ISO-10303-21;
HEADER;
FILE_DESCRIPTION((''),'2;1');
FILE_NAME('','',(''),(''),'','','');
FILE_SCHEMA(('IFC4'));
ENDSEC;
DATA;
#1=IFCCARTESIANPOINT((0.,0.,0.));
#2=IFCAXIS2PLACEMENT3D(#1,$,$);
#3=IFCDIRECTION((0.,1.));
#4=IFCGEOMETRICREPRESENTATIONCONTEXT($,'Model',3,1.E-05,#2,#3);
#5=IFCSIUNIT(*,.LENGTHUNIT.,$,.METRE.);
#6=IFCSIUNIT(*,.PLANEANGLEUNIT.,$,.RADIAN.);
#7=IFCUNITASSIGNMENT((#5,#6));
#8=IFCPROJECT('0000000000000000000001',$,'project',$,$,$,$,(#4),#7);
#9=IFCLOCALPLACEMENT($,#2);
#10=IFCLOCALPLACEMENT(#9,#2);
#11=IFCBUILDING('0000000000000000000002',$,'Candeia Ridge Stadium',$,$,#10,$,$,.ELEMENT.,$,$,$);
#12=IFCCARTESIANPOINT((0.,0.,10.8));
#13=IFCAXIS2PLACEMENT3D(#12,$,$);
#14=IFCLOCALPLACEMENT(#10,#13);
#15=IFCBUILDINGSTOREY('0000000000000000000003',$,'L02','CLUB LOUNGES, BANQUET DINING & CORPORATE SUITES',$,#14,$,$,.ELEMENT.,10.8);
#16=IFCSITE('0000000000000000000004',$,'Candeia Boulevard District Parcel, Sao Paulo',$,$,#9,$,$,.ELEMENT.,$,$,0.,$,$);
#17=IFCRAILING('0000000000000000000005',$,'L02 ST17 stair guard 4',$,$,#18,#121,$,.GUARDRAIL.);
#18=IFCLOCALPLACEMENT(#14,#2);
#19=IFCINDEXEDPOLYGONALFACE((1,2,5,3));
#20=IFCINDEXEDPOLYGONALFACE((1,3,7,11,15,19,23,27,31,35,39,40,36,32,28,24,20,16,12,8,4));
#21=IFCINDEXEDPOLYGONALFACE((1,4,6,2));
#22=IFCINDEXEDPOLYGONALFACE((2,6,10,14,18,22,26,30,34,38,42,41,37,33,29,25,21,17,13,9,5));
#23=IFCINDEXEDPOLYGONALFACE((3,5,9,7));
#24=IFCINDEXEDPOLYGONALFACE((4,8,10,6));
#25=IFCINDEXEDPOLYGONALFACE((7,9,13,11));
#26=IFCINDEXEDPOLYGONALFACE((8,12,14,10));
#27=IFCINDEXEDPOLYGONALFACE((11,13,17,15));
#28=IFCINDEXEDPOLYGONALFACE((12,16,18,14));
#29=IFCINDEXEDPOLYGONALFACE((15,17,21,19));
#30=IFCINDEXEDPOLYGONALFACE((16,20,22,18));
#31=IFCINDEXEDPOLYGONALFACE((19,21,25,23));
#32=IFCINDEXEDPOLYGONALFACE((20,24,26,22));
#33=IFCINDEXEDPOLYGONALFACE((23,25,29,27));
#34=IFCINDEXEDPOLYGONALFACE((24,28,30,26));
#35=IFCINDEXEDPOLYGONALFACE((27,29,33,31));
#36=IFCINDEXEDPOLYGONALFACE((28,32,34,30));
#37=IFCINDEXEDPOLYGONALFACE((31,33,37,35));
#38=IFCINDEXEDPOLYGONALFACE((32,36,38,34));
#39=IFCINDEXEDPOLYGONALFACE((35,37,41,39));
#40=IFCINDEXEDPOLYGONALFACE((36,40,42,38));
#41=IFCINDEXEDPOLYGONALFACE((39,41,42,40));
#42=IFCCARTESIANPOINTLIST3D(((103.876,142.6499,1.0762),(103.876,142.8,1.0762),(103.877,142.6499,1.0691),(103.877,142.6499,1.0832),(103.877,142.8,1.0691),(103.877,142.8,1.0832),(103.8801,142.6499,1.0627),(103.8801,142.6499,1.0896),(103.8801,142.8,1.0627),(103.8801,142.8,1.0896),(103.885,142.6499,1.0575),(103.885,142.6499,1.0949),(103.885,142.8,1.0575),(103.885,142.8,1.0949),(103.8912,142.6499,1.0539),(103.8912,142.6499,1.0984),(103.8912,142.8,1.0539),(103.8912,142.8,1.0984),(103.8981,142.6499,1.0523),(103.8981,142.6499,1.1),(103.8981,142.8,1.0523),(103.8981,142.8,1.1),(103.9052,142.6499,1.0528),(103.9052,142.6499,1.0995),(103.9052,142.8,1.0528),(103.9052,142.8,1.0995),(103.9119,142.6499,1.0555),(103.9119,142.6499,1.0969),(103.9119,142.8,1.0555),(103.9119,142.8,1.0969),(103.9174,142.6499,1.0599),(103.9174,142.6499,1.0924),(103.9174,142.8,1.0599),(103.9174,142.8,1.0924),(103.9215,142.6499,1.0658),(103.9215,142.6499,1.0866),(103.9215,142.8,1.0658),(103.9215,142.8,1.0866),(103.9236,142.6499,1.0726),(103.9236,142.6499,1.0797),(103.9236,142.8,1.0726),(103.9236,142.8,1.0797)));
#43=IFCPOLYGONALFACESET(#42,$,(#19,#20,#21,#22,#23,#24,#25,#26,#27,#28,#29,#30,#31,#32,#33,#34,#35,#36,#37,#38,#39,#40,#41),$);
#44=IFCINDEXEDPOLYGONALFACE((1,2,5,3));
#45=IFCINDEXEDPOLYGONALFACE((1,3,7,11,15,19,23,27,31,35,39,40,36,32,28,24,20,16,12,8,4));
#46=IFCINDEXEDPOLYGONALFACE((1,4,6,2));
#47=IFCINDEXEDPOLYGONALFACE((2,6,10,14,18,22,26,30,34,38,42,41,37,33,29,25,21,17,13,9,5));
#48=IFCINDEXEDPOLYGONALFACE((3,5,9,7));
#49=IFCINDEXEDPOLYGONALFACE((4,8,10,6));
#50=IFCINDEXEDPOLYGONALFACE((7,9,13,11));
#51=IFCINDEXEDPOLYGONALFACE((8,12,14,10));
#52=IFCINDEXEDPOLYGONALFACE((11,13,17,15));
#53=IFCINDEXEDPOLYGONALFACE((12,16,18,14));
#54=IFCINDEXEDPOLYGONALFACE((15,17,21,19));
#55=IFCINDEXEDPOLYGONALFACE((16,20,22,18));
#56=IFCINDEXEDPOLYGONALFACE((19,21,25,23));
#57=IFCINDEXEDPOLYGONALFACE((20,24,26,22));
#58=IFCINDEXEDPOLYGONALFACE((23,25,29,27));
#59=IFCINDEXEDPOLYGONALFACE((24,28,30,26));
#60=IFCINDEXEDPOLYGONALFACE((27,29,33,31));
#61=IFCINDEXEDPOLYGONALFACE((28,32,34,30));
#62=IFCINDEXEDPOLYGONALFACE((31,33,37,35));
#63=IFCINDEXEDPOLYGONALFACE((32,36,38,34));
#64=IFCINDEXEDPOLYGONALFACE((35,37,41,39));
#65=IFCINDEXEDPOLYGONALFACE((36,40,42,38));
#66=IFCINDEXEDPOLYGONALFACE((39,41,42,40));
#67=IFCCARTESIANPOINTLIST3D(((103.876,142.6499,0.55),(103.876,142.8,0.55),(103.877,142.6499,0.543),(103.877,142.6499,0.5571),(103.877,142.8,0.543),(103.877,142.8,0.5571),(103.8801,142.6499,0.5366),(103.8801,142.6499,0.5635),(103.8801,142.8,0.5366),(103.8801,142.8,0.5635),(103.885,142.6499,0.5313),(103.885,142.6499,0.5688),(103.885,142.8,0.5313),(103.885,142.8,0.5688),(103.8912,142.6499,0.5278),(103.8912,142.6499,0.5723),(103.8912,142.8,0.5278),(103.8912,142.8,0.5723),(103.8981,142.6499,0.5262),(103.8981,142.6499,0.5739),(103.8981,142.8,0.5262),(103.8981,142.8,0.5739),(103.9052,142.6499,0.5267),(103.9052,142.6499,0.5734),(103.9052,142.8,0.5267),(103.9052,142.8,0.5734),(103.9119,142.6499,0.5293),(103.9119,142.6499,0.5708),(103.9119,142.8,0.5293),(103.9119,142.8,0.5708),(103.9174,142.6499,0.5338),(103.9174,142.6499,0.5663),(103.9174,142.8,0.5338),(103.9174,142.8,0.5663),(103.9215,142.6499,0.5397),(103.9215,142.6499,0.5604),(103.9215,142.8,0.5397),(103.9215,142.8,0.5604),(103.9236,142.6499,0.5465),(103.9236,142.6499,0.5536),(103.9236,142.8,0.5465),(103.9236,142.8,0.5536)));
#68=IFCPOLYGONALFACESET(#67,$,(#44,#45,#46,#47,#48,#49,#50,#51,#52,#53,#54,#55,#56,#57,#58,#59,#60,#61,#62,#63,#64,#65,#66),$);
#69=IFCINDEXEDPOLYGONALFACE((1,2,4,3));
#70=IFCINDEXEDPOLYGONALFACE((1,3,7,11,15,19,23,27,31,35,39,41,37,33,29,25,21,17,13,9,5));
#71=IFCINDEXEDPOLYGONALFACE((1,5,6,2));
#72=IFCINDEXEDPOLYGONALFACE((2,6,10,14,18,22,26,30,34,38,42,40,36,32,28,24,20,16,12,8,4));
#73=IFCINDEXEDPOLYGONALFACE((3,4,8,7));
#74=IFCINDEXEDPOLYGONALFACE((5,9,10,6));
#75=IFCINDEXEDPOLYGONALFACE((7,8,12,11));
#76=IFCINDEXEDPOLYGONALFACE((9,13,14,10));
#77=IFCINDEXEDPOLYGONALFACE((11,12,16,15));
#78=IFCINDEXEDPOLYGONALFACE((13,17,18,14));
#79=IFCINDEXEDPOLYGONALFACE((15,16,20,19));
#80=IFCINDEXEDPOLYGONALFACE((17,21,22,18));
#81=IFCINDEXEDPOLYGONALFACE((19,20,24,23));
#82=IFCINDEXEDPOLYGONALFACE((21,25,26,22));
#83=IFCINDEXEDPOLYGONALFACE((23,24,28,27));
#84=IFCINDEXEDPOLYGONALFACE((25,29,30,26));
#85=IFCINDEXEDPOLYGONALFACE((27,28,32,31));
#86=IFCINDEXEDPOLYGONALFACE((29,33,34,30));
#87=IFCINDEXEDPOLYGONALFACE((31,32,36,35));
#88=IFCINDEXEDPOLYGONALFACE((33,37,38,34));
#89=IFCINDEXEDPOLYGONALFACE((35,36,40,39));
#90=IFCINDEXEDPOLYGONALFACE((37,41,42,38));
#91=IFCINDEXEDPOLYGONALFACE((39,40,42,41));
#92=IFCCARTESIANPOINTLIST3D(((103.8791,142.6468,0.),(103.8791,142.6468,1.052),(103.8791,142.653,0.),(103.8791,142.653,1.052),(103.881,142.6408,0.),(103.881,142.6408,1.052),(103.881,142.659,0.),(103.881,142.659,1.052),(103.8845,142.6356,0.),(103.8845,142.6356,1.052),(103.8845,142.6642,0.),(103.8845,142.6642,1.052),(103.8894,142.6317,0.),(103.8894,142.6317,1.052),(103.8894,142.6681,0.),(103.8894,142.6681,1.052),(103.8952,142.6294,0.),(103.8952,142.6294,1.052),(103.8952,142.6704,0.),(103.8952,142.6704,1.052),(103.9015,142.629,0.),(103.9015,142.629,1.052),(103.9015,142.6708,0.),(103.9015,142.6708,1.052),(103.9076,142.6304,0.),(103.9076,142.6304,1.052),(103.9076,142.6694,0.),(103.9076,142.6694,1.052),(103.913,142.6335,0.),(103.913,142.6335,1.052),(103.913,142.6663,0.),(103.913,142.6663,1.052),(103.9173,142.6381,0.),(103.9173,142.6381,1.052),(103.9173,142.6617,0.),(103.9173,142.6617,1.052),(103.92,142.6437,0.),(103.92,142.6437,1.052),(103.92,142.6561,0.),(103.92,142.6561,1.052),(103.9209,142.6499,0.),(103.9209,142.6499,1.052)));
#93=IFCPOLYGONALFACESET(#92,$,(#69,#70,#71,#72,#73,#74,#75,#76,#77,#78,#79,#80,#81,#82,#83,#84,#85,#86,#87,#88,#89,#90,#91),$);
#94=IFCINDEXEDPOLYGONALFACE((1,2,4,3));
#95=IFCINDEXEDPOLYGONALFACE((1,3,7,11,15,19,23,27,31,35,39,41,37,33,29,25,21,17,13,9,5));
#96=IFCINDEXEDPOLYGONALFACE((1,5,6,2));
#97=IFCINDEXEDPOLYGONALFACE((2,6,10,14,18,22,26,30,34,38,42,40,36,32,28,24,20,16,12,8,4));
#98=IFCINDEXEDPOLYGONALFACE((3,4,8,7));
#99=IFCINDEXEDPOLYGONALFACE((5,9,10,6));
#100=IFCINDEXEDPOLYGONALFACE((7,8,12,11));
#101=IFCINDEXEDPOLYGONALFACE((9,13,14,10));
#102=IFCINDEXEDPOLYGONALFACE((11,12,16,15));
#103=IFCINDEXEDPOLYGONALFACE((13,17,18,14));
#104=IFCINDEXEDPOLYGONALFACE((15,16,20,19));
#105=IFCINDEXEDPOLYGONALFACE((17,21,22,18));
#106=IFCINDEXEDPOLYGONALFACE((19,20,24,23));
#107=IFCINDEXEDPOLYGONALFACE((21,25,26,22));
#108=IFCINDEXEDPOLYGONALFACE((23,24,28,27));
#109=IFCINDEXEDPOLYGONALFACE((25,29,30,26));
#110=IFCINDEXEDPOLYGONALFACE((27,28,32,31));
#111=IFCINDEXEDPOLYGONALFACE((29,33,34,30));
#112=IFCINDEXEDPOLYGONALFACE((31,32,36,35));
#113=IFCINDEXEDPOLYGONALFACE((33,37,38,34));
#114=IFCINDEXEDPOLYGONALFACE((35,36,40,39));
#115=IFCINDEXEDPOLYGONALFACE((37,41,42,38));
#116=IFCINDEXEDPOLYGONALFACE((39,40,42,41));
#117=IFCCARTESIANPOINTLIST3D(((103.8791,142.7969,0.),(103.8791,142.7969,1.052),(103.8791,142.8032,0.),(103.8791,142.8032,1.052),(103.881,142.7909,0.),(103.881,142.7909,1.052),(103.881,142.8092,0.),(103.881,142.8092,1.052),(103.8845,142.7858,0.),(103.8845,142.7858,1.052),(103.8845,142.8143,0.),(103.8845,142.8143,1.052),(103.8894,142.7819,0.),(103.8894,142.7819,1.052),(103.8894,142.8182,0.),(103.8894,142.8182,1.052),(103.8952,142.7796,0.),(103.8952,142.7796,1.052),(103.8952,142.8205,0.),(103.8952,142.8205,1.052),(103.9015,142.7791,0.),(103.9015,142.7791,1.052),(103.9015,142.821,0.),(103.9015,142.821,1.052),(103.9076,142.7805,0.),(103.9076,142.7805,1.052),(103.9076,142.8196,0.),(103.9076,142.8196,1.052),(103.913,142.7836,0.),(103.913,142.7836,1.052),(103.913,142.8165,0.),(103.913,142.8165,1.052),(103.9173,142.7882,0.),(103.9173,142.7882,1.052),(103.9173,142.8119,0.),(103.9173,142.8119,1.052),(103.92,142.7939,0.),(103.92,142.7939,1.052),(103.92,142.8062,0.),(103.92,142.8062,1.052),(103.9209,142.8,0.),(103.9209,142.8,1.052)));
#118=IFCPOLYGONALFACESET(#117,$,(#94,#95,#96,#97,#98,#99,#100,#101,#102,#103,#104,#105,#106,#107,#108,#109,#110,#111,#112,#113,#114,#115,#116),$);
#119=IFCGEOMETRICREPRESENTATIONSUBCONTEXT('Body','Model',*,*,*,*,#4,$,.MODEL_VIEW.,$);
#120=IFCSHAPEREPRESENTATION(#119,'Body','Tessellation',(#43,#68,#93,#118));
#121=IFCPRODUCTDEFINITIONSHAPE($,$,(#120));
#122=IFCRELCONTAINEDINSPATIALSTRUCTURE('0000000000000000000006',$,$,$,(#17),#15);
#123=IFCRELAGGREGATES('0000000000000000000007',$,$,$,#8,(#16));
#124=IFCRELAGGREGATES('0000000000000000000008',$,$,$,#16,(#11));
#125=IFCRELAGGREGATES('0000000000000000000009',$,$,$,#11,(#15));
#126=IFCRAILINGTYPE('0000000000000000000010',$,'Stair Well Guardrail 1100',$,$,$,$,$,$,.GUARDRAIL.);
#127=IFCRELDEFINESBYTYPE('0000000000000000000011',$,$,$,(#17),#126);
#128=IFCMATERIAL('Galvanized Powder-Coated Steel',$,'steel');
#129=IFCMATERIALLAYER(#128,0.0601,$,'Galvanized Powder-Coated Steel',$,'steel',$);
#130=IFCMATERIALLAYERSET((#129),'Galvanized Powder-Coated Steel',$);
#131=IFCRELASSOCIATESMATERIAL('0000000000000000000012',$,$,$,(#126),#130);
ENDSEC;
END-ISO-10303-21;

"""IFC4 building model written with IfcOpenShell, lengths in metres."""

from ifc_helpers import new_model, si_unit, direction, frame, origin, origin_2d, place, context, subcontext, project, spatial, circle, extrude, material, layer, layer_set, type_object, element, save


model = new_model("IFC4")

# Units and contexts
model_context = context("Model", 3, precision=1e-05, world=origin(), true_north=direction((0.0, 1.0)))
body_context = subcontext(model_context, "Body", "Model", "MODEL_VIEW")
ifc_project = project(units=[si_unit("LENGTHUNIT", "METRE"), si_unit("PLANEANGLEUNIT", "RADIAN")], contexts=[model_context])

# Site, building, storey
site_placement = place(None, origin())
site = spatial("IfcSite", under=ifc_project, at=site_placement, Name="Candeia Boulevard District Parcel, Sao Paulo", CompositionType="ELEMENT", RefElevation=0.0)
building_placement = place(site_placement, origin())
building = spatial("IfcBuilding", under=site, at=building_placement, Name="Candeia Ridge Stadium", CompositionType="ELEMENT")
storey_placement = place(building_placement, frame((0.0, 0.0, 10.8)))
storey = spatial("IfcBuildingStorey", under=building, at=storey_placement, Name="L02", Description="CLUB LOUNGES, BANQUET DINING & CORPORATE SUITES", CompositionType="ELEMENT", Elevation=10.8)

# Railing
ifc_material_1 = material(Name="Galvanized Powder-Coated Steel", Category="steel")
ifc_layer_1 = layer(ifc_material_1, 0.0601, Name="Galvanized Powder-Coated Steel", Category="steel")
ifc_layer_set_1 = layer_set([ifc_layer_1], Name="Galvanized Powder-Coated Steel")
railing_type_1 = type_object("IfcRailingType", Name="Stair Well Guardrail 1100", PredefinedType="GUARDRAIL", material=ifc_layer_set_1)
railing_1_placement = place(storey_placement, frame((103.8999, 142.6499, 0.0)))
element("IfcRailing", 1, at=railing_1_placement, inside=storey, type_object=railing_type_1, Name="L02 ST17 stair guard 4", PredefinedType="GUARDRAIL", context=body_context, shape_type="SweptSolid", body=[
    extrude(circle(Radius=0.0239, at=origin_2d()), frame((0.0, 0.0, 1.0762), z_axis=(0.0, 1.0, 0.0), x_axis=(-1.0, 0.0, 0.0)), (0.0, 0.0, 1.0), 0.1501),
    extrude(circle(Radius=0.0239, at=origin_2d()), frame((0.0, 0.0, 0.55), z_axis=(0.0, 1.0, 0.0), x_axis=(-1.0, 0.0, 0.0)), (0.0, 0.0, 1.0), 0.1501),
    extrude(circle(Radius=0.021, at=origin_2d()), origin(), (0.0, 0.0, 1.0), 1.052),
    extrude(circle(Radius=0.021, at=origin_2d()), frame((0.0, 0.1501, 0.0)), (0.0, 0.0, 1.0), 1.052),
])

save(model, "model.ifc")
